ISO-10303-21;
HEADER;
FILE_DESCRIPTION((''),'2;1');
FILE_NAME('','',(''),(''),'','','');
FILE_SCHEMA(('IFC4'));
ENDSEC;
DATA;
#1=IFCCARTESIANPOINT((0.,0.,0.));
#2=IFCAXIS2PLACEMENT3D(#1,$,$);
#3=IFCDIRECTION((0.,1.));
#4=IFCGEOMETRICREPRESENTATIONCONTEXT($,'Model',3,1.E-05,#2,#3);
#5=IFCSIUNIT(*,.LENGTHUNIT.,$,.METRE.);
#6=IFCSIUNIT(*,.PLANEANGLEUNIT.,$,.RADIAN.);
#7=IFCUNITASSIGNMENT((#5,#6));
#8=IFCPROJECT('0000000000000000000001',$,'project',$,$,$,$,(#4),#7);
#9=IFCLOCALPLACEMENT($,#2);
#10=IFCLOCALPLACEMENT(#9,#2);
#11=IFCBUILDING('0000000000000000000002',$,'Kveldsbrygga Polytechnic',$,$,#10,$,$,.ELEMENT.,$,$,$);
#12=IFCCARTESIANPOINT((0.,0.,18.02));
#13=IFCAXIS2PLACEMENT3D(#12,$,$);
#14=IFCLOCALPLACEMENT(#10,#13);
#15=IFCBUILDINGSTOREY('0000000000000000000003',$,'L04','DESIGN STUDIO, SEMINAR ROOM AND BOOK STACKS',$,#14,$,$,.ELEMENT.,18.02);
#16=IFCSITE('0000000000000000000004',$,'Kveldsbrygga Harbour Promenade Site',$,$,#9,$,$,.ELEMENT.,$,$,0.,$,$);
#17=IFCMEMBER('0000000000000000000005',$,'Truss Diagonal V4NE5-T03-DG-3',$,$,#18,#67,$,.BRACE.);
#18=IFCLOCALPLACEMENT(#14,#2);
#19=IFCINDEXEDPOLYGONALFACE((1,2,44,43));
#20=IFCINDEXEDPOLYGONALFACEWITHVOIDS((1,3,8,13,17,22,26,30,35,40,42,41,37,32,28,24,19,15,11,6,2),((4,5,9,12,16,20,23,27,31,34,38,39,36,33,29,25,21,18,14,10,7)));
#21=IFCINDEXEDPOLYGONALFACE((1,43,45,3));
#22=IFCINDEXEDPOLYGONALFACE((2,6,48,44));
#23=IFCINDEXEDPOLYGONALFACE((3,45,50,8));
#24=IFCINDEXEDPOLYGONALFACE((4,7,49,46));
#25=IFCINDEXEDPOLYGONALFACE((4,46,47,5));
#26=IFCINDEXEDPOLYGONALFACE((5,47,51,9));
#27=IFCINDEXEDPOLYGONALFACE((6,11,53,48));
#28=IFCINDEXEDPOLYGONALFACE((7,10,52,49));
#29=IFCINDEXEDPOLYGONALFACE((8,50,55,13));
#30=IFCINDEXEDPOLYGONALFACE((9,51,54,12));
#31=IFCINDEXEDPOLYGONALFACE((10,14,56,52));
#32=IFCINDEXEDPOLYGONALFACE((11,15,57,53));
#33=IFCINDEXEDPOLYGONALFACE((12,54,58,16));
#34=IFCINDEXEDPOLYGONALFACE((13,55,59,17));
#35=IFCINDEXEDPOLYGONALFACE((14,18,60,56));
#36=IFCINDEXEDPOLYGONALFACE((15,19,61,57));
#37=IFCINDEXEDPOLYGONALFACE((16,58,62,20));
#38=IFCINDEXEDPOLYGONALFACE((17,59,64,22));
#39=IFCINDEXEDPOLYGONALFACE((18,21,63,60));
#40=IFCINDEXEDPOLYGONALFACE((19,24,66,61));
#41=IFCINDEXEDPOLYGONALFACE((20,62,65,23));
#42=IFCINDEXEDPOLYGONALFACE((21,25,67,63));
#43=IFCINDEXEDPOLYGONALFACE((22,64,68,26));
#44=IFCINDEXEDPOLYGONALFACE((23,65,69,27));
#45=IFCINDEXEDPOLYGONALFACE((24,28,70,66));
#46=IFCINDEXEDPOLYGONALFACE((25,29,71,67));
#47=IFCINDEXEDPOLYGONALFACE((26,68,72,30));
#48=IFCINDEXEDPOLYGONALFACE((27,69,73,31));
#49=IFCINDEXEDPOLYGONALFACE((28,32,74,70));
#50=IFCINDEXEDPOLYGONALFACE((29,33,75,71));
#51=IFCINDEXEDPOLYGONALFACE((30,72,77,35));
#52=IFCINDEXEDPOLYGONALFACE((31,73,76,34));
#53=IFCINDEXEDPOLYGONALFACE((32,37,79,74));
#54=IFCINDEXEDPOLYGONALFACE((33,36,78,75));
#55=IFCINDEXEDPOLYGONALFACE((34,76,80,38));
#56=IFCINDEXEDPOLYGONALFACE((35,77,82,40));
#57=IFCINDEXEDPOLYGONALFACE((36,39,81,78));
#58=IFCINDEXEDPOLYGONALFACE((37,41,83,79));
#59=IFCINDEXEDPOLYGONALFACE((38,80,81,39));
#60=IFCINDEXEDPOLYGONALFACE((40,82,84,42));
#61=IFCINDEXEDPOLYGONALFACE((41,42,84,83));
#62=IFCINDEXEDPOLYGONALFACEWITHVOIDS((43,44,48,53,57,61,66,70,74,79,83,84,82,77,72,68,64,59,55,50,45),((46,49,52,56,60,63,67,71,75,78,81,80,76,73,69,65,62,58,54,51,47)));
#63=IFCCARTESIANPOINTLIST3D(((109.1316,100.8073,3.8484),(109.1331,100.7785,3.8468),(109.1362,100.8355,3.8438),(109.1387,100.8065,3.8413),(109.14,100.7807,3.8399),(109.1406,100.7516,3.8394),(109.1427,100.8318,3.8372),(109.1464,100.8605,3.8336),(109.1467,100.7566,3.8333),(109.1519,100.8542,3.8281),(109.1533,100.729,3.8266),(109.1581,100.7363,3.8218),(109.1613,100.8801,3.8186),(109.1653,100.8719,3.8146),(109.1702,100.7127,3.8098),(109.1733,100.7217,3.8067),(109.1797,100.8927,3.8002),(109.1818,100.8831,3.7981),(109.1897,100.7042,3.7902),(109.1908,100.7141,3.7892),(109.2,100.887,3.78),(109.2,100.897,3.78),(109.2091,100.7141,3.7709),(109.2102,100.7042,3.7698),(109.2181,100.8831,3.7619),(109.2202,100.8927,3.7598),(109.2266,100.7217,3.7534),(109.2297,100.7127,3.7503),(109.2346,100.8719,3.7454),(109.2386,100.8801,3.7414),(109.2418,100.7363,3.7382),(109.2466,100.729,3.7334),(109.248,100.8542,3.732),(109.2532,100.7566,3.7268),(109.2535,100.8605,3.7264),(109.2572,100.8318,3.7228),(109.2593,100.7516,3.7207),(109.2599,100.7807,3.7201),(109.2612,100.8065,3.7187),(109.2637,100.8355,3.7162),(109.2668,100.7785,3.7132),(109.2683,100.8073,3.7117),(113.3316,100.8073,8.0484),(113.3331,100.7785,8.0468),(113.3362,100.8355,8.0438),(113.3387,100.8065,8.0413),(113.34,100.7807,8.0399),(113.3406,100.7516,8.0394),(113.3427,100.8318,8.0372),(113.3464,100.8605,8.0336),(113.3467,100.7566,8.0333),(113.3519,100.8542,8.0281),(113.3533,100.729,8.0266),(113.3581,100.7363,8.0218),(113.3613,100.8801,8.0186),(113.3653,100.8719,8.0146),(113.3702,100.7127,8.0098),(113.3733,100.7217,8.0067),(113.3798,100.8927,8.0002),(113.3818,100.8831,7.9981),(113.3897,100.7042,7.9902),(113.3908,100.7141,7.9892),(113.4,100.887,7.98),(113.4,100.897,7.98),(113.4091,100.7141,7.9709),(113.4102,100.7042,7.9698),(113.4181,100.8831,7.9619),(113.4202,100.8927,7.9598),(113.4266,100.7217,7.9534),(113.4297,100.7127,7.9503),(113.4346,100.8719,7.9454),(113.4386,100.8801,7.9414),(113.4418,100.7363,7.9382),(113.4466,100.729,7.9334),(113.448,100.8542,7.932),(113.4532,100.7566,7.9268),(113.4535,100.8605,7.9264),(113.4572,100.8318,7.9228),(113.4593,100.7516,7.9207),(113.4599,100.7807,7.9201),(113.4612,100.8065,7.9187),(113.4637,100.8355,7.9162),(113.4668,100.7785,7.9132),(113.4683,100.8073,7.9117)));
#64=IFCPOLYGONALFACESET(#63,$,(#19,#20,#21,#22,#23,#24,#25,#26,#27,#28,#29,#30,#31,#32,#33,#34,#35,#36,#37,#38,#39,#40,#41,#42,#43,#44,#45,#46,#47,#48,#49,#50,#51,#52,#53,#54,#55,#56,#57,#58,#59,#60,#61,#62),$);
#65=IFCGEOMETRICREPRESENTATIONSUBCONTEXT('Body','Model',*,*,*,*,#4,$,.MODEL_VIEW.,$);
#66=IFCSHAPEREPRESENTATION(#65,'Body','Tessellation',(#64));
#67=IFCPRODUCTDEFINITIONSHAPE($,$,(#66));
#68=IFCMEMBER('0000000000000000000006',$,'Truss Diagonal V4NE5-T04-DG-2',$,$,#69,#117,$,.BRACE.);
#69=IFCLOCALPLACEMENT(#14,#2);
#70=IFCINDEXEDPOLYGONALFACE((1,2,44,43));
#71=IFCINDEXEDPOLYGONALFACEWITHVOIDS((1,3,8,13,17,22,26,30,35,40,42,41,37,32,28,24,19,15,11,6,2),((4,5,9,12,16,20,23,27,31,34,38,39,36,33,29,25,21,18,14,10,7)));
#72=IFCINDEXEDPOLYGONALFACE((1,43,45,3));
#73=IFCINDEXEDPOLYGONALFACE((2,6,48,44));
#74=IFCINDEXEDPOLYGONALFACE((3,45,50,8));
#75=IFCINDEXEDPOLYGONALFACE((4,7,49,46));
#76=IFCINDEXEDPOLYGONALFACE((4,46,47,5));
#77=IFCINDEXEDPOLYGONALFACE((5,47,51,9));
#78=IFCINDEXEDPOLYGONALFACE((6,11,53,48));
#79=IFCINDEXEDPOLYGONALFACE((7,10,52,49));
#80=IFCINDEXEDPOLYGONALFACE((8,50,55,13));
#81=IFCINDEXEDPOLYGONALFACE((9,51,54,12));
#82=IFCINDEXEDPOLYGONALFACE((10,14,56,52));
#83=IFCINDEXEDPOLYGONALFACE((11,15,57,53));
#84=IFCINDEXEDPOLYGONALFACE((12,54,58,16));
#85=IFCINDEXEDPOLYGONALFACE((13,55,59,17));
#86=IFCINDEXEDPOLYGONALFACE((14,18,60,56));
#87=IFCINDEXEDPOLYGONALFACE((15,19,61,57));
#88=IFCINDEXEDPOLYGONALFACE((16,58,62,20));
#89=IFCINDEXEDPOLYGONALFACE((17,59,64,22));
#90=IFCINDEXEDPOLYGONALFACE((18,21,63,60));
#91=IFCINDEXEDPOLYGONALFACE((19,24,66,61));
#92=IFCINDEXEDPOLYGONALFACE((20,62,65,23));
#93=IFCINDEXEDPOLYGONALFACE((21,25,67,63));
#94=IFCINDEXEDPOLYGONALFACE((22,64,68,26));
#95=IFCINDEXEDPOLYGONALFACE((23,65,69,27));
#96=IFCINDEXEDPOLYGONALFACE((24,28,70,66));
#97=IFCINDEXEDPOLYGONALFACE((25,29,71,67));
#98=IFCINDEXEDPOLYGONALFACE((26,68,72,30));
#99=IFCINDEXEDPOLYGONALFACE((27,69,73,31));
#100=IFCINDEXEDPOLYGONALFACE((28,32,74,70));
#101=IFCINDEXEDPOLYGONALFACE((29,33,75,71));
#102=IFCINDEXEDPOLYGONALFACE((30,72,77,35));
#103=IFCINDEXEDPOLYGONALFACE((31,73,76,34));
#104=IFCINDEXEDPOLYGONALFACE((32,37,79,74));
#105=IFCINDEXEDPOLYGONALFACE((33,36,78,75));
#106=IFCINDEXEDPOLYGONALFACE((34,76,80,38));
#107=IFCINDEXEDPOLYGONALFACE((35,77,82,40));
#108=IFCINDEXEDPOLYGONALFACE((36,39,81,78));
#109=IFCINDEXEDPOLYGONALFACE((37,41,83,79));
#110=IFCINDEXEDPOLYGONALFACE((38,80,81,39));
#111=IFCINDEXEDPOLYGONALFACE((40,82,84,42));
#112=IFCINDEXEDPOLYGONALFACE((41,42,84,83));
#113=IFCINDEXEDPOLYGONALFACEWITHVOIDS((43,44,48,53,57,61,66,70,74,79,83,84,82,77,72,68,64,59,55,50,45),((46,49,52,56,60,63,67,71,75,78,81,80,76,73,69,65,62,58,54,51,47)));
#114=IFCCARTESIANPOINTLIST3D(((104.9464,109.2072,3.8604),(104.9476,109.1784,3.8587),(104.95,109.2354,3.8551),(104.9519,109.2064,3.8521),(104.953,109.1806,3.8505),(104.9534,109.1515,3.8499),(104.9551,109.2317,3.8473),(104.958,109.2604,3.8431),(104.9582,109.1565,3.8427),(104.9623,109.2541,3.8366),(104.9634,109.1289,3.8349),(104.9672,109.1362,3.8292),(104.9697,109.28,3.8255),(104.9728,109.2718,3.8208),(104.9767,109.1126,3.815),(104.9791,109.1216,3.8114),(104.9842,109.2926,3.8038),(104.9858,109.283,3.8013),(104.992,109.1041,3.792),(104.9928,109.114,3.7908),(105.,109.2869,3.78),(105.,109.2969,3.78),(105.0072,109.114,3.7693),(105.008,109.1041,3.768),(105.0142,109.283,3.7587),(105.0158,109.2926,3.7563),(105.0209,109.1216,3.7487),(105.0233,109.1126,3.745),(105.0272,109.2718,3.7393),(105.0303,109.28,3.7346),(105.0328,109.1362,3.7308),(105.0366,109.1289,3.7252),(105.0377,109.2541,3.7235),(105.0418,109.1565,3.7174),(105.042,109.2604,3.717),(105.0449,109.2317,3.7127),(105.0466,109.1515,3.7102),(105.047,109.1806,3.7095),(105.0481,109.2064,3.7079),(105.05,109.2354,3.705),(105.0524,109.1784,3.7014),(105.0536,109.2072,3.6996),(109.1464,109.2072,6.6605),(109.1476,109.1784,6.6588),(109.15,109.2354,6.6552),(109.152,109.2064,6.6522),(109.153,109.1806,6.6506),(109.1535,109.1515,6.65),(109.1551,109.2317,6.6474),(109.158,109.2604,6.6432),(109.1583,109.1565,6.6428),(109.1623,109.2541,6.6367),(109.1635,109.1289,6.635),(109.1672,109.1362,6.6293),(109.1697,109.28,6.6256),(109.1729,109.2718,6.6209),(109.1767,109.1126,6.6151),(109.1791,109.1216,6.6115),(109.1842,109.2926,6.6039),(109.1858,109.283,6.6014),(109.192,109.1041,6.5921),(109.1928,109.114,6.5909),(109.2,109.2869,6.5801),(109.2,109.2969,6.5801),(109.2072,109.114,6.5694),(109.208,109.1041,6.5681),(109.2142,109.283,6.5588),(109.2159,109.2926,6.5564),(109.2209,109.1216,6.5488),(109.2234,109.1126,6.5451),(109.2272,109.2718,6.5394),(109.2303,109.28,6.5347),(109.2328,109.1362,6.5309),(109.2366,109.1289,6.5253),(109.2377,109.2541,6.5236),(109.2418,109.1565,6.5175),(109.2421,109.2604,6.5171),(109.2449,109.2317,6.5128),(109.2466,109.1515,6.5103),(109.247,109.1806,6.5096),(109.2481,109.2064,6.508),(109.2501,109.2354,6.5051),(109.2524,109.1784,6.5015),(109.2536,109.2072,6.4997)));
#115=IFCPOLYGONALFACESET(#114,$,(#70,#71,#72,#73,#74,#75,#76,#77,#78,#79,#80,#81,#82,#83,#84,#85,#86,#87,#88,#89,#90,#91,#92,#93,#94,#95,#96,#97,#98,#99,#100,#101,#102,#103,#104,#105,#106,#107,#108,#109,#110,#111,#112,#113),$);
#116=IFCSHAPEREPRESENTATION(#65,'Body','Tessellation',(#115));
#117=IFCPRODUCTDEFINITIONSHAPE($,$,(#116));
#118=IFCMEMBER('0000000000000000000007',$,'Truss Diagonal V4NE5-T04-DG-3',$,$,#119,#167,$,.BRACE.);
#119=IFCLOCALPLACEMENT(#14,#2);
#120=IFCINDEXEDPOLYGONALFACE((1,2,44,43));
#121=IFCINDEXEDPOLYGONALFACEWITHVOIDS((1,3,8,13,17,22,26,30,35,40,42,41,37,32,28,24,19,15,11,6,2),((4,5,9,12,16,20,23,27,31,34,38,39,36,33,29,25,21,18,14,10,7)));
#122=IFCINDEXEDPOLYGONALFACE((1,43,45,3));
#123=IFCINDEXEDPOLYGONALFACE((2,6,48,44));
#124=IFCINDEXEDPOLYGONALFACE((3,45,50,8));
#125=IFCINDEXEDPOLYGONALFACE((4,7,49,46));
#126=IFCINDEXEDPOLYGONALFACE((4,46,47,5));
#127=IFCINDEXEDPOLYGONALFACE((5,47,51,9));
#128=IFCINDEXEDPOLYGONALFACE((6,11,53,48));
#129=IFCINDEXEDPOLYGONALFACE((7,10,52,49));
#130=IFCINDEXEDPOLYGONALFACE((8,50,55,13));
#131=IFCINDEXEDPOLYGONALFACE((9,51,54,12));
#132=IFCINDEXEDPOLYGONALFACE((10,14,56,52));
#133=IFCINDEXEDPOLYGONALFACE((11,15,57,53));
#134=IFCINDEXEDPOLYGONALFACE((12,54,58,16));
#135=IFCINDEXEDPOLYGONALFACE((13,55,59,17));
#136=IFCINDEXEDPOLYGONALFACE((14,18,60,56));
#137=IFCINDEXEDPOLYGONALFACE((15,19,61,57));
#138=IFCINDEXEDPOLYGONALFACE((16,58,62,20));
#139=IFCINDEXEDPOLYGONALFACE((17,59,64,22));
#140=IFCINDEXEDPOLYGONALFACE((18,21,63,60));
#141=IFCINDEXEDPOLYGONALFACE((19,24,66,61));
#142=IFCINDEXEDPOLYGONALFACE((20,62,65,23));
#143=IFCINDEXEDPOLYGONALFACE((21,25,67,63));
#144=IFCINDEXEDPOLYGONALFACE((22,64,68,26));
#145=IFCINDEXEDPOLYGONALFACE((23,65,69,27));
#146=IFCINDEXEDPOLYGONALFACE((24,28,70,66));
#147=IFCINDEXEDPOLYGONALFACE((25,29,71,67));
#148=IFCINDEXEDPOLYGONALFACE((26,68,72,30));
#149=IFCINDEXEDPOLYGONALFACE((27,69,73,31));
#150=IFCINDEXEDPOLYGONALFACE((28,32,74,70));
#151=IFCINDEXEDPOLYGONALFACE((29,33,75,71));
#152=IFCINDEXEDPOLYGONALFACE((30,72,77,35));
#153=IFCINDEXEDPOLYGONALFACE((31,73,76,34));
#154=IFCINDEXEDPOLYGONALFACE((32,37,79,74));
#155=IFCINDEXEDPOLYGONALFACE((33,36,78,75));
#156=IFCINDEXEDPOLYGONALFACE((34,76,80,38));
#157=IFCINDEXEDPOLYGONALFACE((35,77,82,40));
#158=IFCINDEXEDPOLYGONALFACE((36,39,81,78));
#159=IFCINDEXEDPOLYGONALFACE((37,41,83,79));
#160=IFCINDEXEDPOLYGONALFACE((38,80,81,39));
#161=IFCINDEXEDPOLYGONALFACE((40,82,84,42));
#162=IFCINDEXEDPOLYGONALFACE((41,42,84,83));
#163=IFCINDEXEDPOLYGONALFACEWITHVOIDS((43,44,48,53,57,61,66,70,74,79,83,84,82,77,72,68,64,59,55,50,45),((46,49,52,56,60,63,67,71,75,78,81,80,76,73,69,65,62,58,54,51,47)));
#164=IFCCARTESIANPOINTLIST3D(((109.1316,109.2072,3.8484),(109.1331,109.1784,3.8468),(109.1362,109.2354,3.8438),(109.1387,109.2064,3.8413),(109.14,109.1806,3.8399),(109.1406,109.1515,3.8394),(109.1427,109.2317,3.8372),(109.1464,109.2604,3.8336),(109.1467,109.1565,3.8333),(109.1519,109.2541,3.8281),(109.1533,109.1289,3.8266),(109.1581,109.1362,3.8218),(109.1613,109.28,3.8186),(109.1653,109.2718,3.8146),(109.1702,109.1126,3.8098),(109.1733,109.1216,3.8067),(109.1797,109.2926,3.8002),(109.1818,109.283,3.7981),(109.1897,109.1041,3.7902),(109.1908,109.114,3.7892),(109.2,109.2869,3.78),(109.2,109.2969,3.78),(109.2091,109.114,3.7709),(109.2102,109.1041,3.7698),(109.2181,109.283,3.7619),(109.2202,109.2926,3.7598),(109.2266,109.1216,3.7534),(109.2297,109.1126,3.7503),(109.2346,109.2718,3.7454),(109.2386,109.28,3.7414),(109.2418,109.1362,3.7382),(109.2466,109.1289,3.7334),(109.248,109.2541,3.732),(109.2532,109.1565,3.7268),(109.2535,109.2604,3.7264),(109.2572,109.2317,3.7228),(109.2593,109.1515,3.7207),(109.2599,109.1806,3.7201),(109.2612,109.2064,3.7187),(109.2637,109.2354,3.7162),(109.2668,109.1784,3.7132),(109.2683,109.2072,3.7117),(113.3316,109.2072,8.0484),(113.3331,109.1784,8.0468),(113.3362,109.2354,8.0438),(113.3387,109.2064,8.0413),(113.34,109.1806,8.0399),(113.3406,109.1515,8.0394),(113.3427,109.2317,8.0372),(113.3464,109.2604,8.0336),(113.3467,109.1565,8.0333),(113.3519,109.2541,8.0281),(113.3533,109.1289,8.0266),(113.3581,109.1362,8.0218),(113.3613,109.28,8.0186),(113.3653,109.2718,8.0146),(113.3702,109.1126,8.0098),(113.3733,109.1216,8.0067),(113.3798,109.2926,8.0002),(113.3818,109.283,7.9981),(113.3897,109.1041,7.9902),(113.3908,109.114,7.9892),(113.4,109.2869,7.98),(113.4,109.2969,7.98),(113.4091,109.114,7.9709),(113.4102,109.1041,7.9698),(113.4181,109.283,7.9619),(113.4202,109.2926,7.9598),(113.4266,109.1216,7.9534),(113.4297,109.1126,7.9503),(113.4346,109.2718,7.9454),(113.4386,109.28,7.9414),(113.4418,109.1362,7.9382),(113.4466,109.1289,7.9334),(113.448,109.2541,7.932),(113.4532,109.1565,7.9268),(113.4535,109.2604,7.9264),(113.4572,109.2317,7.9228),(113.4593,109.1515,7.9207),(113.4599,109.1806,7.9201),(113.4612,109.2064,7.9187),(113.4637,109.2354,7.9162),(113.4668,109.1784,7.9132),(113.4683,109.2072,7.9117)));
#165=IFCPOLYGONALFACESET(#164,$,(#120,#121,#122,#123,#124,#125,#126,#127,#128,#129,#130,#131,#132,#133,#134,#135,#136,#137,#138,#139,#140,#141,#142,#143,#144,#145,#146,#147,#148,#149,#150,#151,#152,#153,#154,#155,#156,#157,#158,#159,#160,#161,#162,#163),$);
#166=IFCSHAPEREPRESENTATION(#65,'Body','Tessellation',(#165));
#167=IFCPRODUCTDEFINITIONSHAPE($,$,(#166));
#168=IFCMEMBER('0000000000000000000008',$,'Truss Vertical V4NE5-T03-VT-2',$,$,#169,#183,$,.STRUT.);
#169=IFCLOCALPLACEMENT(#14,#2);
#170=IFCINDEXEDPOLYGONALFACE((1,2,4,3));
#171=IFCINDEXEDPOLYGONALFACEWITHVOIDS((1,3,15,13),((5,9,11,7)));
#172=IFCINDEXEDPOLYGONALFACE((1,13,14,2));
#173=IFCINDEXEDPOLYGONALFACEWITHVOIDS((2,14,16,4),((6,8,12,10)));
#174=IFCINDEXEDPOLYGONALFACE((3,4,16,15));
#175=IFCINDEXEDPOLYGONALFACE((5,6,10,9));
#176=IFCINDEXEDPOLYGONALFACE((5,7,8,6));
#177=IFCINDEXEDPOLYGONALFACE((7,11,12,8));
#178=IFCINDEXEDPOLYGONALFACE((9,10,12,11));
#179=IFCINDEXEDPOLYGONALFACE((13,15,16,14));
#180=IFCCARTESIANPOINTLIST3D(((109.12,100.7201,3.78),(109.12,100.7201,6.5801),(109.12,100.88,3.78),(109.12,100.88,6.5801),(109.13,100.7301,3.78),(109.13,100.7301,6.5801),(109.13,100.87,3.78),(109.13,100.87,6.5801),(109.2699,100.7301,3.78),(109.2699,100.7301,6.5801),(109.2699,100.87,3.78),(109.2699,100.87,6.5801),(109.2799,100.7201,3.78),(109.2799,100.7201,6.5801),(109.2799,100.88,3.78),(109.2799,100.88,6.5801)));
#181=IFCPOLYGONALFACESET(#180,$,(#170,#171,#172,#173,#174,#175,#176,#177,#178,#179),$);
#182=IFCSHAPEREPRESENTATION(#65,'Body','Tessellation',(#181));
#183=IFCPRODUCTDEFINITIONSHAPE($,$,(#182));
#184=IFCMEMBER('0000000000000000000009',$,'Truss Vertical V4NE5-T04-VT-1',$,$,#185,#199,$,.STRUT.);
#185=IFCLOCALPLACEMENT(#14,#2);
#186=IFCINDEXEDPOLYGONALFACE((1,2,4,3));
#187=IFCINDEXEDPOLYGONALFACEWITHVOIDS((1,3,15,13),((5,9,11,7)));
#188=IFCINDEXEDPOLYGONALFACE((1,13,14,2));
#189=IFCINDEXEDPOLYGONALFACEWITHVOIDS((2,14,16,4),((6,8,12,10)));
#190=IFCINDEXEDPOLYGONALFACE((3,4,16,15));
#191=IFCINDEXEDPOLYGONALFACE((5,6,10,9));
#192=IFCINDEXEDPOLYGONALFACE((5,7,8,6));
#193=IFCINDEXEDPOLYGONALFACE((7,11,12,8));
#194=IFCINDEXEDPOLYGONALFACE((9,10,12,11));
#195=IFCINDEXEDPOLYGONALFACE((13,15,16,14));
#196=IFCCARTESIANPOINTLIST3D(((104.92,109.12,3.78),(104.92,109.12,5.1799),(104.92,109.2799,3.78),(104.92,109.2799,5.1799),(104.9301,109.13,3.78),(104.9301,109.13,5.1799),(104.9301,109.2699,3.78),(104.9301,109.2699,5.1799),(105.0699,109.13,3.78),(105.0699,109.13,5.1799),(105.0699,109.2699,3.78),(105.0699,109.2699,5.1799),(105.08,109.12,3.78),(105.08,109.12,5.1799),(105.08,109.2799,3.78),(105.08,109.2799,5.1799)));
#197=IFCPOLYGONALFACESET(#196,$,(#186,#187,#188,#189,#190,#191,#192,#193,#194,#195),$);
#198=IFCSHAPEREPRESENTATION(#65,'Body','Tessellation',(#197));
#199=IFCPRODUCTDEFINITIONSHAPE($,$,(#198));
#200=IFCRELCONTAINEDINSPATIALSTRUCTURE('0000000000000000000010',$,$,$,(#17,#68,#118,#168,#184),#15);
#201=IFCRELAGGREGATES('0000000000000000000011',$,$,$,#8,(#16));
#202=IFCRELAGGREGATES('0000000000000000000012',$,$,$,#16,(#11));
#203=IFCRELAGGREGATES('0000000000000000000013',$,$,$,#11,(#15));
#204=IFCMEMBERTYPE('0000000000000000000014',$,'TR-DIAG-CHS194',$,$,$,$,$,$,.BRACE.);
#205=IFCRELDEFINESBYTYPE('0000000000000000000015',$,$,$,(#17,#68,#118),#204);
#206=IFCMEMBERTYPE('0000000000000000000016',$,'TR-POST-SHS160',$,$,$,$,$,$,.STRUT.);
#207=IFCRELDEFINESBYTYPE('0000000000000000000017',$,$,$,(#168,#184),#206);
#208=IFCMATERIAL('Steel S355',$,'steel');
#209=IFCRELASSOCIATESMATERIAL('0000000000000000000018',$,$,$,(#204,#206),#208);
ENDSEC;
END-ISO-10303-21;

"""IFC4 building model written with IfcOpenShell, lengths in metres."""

from ifc_helpers import new_model, si_unit, direction, frame, origin, origin_2d, place, context, subcontext, project, spatial, hollow_rectangle, hollow_circle, extrude, material, material_profile, profile_set, type_object, element, save


model = new_model("IFC4")

# Units and contexts
model_context = context("Model", 3, precision=1e-05, world=origin(), true_north=direction((0.0, 1.0)))
body_context = subcontext(model_context, "Body", "Model", "MODEL_VIEW")
ifc_project = project(units=[si_unit("LENGTHUNIT", "METRE"), si_unit("PLANEANGLEUNIT", "RADIAN")], contexts=[model_context])

# Site, building, storey
site_placement = place(None, origin())
site = spatial("IfcSite", under=ifc_project, at=site_placement, Name="Kveldsbrygga Harbour Promenade Site", CompositionType="ELEMENT", RefElevation=0.0)
building_placement = place(site_placement, origin())
building = spatial("IfcBuilding", under=site, at=building_placement, Name="Kveldsbrygga Polytechnic", CompositionType="ELEMENT")
storey_placement = place(building_placement, frame((0.0, 0.0, 18.02)))
storey = spatial("IfcBuildingStorey", under=building, at=storey_placement, Name="L04", Description="DESIGN STUDIO, SEMINAR ROOM AND BOOK STACKS", CompositionType="ELEMENT", Elevation=18.02)

# Members
ifc_material_1 = material(Name="Steel S355", Category="steel")
ifc_material_profile_1 = material_profile(ifc_material_1, hollow_circle(Radius=0.0969, WallThickness=0.01, at=origin_2d()), Name="CHS 193.7x10.0")
ifc_profile_set_1 = profile_set([ifc_material_profile_1], Name="Steel S355")
member_type_1 = type_object("IfcMemberType", Name="TR-DIAG-CHS194", PredefinedType="BRACE", material=ifc_profile_set_1)
member_1_placement = place(storey_placement, frame((109.2, 100.8, 3.78), z_axis=(0.707107, 0.0, 0.707107), x_axis=(0.0, 1.0, 0.0)))
element("IfcMember", 1, at=member_1_placement, inside=storey, type_object=member_type_1, Name="Truss Diagonal V4NE5-T03-DG-3", PredefinedType="BRACE", context=body_context, shape_type="SweptSolid", body=[
    extrude(hollow_circle(Radius=0.0969, WallThickness=0.01, at=origin_2d()), origin(), (0.0, 0.0, 1.0), 5.9397),
])
member_2_placement = place(storey_placement, frame((105.0, 109.2, 3.78), z_axis=(0.832043, 0.0, 0.554711), x_axis=(0.0, 1.0, 0.0)))
element("IfcMember", 2, at=member_2_placement, inside=storey, type_object=member_type_1, Name="Truss Diagonal V4NE5-T04-DG-2", PredefinedType="BRACE", context=body_context, shape_type="SweptSolid", body=[
    extrude(hollow_circle(Radius=0.0969, WallThickness=0.01, at=origin_2d()), origin(), (0.0, 0.0, 1.0), 5.0479),
])
member_3_placement = place(storey_placement, frame((109.2, 109.2, 3.78), z_axis=(0.707107, 0.0, 0.707107), x_axis=(0.0, 1.0, 0.0)))
element("IfcMember", 3, at=member_3_placement, inside=storey, type_object=member_type_1, Name="Truss Diagonal V4NE5-T04-DG-3", PredefinedType="BRACE", context=body_context, shape_type="SweptSolid", body=[
    extrude(hollow_circle(Radius=0.0969, WallThickness=0.01, at=origin_2d()), origin(), (0.0, 0.0, 1.0), 5.9397),
])
ifc_material_profile_2 = material_profile(ifc_material_1, hollow_rectangle(XDim=0.1599, YDim=0.1599, WallThickness=0.01, at=origin_2d()), Name="SHS 160x160x10.0")
ifc_profile_set_2 = profile_set([ifc_material_profile_2], Name="Steel S355")
member_type_2 = type_object("IfcMemberType", Name="TR-POST-SHS160", PredefinedType="STRUT", material=ifc_profile_set_2)
member_4_placement = place(storey_placement, frame((109.2, 100.8, 3.78), z_axis=(0.0, 0.0, 1.0), x_axis=(1.0, 0.0, 0.0)))
element("IfcMember", 4, at=member_4_placement, inside=storey, type_object=member_type_2, Name="Truss Vertical V4NE5-T03-VT-2", PredefinedType="STRUT", context=body_context, shape_type="SweptSolid", body=[
    extrude(hollow_rectangle(XDim=0.1599, YDim=0.1599, WallThickness=0.01, at=origin_2d()), origin(), (0.0, 0.0, 1.0), 2.8),
])
member_5_placement = place(storey_placement, frame((105.0, 109.2, 3.78), z_axis=(0.0, 0.0, 1.0), x_axis=(1.0, 0.0, 0.0)))
element("IfcMember", 5, at=member_5_placement, inside=storey, type_object=member_type_2, Name="Truss Vertical V4NE5-T04-VT-1", PredefinedType="STRUT", context=body_context, shape_type="SweptSolid", body=[
    extrude(hollow_rectangle(XDim=0.1599, YDim=0.1599, WallThickness=0.01, at=origin_2d()), origin(), (0.0, 0.0, 1.0), 1.3999),
])

save(model, "model.ifc")
